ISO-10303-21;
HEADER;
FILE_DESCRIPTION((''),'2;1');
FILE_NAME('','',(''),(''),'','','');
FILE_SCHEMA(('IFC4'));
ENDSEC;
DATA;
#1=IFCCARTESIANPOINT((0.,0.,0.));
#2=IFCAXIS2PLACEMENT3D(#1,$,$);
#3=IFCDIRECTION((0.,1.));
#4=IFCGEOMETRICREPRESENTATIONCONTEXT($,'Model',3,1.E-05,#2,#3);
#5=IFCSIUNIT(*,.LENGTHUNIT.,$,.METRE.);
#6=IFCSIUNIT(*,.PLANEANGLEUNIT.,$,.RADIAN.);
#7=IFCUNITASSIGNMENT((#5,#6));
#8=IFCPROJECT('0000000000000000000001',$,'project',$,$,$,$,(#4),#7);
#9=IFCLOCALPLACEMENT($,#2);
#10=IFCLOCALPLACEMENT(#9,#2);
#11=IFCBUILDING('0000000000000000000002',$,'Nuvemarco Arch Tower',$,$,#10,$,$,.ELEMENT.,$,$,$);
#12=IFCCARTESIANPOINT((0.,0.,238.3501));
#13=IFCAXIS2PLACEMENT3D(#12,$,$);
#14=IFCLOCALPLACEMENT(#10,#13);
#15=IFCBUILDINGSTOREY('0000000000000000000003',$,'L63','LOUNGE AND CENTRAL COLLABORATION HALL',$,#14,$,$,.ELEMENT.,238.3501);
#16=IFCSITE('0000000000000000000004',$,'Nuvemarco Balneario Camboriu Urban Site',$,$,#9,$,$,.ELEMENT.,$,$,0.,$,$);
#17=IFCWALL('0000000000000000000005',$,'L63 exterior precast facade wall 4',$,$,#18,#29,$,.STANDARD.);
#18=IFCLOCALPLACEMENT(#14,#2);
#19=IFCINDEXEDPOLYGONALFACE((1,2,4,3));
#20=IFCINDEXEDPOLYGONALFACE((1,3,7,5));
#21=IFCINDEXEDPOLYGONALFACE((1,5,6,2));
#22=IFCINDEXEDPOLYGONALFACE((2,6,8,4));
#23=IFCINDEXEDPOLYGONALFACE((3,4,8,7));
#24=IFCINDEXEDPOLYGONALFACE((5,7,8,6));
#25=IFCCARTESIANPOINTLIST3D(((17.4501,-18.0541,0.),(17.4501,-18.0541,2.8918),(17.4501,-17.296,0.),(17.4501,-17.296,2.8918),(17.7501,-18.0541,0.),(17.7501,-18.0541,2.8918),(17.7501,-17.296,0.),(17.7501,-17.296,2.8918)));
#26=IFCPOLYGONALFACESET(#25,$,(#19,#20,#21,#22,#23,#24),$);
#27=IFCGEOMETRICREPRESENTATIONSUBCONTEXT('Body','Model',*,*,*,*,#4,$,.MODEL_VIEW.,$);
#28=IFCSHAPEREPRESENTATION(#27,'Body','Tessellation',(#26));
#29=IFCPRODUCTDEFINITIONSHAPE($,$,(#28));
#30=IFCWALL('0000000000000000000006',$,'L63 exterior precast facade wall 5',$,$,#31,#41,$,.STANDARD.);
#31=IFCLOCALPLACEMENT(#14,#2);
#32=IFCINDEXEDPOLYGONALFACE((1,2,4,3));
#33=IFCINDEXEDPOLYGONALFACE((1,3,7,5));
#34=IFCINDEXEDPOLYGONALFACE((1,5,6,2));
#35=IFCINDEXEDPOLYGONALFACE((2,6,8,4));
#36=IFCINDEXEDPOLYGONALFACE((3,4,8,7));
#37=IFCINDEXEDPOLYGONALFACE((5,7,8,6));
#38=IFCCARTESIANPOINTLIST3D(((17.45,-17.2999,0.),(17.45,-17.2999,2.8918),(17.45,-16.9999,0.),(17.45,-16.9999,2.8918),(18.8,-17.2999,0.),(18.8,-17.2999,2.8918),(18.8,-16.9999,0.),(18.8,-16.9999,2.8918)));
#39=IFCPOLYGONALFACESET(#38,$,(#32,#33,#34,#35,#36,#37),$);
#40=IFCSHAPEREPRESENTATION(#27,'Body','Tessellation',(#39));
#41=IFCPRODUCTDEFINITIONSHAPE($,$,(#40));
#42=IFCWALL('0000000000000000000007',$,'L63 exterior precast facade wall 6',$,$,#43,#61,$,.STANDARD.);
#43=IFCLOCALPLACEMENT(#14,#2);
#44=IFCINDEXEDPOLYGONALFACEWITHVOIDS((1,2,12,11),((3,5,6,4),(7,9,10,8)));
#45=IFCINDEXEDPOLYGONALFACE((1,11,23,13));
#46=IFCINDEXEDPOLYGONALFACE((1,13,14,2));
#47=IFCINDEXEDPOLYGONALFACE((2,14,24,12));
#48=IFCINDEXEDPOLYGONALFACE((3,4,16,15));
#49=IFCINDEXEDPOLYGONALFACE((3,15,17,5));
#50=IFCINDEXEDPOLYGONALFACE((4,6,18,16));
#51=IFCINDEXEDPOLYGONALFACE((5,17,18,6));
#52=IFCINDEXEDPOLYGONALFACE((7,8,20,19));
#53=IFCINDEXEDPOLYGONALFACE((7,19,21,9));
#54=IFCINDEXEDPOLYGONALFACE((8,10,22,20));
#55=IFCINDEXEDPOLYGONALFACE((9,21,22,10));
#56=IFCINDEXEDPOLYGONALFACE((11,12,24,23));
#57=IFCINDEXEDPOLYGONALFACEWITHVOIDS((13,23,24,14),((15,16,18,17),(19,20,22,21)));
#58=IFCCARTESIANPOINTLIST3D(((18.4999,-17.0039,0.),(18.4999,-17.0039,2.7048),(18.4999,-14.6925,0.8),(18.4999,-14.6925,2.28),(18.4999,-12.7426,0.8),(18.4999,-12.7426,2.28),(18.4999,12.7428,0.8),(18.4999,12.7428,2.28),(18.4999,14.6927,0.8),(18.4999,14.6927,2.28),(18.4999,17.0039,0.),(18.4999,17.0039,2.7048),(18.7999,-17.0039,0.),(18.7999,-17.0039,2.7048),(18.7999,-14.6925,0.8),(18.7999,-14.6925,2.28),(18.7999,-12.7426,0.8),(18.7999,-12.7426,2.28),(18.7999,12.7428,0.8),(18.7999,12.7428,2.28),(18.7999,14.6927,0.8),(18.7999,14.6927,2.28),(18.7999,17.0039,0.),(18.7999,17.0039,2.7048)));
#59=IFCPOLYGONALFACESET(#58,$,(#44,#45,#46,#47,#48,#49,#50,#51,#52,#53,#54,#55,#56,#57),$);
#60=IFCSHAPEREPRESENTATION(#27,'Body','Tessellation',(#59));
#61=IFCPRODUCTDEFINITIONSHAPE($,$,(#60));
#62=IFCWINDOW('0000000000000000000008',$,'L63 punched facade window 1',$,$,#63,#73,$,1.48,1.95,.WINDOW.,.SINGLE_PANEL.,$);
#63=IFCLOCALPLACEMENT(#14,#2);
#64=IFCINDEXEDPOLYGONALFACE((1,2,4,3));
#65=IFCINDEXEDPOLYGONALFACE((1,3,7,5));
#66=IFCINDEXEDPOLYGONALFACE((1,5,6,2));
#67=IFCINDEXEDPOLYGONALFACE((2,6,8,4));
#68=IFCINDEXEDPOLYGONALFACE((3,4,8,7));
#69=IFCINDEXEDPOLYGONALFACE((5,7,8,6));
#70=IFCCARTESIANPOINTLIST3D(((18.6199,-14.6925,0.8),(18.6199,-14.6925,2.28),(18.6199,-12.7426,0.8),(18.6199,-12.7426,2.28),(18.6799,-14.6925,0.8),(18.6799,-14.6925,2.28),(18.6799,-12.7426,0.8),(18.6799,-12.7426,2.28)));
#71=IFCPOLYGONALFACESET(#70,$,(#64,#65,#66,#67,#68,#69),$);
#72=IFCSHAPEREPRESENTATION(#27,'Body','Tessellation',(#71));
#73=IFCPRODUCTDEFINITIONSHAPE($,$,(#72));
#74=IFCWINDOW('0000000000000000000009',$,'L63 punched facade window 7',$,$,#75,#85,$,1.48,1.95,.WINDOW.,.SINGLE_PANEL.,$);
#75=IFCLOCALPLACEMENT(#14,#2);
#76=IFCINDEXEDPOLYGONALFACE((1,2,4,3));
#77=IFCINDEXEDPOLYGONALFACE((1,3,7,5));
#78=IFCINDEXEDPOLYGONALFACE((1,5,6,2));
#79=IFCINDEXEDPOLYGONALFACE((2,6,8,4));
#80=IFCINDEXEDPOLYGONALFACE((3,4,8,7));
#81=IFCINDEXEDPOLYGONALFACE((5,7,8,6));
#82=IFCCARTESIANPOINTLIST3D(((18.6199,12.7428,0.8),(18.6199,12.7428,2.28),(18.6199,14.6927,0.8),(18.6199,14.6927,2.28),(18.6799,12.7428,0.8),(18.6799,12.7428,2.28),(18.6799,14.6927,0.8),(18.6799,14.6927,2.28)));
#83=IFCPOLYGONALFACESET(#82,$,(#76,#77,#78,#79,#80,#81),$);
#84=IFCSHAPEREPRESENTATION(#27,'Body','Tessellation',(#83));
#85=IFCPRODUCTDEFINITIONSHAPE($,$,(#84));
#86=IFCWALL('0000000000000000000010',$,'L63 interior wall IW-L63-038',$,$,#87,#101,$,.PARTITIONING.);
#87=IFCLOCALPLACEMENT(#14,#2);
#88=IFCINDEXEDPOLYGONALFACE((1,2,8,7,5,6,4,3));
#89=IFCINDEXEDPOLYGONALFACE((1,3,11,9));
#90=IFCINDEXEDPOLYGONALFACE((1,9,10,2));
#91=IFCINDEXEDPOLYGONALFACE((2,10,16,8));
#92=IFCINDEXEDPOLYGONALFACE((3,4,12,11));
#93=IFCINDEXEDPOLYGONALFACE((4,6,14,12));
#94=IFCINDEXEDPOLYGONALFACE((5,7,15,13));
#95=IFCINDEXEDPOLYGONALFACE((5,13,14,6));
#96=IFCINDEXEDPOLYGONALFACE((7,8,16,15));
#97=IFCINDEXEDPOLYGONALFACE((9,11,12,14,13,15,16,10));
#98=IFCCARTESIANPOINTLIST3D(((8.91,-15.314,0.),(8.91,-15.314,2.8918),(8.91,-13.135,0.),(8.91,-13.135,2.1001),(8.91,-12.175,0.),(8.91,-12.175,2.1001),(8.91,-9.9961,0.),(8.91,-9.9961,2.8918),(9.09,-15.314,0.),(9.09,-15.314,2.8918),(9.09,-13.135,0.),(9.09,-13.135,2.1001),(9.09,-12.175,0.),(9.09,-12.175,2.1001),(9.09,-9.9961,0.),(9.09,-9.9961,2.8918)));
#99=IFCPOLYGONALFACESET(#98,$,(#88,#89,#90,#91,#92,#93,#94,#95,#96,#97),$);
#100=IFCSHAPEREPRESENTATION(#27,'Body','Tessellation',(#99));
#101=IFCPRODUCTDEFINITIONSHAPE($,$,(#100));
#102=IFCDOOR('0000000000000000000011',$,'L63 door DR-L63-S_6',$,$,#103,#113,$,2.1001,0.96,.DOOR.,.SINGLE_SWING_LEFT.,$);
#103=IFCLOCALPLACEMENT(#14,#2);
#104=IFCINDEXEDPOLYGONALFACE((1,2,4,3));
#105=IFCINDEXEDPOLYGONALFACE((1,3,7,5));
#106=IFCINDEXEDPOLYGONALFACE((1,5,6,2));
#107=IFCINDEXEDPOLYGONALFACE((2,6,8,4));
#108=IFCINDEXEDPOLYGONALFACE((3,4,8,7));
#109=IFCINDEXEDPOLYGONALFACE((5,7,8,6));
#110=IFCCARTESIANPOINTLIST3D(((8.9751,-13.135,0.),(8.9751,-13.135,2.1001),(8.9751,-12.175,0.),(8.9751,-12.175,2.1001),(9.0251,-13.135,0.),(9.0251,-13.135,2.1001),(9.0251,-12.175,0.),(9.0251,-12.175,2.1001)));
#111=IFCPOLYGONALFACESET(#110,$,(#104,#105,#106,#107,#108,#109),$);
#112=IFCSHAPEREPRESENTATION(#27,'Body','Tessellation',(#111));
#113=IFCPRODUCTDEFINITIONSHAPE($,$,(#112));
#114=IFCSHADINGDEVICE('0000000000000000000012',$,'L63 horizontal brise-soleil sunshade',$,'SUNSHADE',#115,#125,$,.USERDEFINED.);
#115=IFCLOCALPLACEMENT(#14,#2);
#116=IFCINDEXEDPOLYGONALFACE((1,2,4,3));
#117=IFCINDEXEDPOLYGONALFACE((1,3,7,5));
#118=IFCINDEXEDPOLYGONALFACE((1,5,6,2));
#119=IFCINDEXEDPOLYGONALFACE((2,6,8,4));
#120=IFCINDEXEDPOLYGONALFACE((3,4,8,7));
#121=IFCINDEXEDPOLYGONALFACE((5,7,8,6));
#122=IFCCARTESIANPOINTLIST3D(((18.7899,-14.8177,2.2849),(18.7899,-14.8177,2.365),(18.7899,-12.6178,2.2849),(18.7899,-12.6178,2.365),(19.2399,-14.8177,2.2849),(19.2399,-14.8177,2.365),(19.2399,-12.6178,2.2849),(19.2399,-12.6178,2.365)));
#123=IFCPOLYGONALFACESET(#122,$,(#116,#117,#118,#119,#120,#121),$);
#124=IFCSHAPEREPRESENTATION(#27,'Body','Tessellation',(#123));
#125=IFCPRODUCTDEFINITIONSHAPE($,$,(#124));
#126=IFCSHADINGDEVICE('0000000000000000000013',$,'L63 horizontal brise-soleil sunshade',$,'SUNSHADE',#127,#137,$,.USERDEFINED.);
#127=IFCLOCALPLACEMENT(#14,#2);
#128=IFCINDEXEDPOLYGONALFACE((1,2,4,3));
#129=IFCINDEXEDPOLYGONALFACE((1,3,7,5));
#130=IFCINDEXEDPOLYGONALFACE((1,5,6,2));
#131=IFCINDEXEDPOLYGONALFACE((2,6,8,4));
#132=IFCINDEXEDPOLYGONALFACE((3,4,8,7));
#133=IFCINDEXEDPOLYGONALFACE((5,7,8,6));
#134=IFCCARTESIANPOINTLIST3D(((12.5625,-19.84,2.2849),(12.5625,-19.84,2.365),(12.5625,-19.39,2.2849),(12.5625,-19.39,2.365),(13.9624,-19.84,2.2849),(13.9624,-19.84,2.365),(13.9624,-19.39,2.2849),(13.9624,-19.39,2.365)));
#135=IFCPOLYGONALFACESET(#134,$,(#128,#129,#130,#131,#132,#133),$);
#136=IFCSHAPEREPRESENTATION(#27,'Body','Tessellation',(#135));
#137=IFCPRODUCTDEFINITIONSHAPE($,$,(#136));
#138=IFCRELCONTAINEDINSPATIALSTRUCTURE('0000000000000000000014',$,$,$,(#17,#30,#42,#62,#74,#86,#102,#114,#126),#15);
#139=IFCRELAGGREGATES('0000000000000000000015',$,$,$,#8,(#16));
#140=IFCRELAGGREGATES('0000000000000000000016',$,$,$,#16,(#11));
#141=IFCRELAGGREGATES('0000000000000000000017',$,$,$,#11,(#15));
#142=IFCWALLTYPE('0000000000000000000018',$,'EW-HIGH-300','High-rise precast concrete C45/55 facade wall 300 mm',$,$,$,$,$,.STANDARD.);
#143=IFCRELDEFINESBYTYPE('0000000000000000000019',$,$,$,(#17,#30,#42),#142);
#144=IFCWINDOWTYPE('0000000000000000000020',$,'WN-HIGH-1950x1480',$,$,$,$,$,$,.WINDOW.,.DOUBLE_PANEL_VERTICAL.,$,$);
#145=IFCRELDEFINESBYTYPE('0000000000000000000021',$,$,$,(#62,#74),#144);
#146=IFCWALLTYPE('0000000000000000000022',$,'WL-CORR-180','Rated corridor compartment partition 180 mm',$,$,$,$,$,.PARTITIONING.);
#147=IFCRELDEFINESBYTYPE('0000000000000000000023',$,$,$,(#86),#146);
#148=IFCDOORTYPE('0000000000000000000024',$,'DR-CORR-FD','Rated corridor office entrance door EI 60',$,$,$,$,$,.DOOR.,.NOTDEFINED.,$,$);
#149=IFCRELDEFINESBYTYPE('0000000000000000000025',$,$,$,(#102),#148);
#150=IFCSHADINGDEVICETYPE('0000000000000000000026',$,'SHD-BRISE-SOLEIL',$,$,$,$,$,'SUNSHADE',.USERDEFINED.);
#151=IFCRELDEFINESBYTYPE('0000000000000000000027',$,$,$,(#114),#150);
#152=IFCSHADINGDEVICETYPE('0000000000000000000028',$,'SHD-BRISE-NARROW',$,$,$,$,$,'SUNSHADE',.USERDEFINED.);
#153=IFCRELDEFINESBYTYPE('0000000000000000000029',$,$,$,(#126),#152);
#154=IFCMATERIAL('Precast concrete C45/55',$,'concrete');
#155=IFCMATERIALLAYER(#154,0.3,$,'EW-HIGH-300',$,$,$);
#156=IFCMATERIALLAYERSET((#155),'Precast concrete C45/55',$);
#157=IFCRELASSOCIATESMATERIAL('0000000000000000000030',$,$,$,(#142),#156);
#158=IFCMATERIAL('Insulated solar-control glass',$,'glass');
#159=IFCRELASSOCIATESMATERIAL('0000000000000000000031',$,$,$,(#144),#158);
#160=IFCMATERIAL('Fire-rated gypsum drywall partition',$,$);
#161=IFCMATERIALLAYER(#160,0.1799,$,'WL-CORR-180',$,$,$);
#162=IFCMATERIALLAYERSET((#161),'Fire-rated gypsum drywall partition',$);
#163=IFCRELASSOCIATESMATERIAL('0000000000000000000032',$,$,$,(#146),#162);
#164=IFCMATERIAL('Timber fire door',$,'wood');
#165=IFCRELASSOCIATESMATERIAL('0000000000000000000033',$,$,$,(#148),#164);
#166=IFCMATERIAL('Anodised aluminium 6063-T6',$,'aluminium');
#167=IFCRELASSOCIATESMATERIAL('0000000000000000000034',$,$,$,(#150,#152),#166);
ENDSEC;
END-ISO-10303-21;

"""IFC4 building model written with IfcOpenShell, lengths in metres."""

from ifc_helpers import new_model, si_unit, direction, frame, frame_2d, origin, origin_2d, place, context, subcontext, project, spatial, rectangle, extrude, source, transform, mapped, material, layer, layer_set, type_object, type_shapes, element, fill, save


model = new_model("IFC4")

# Units and contexts
model_context = context("Model", 3, precision=1e-05, world=origin(), true_north=direction((0.0, 1.0)))
body_context = subcontext(model_context, "Body", "Model", "MODEL_VIEW")
ifc_project = project(units=[si_unit("LENGTHUNIT", "METRE"), si_unit("PLANEANGLEUNIT", "RADIAN")], contexts=[model_context])

# Site, building, storey
site_placement = place(None, origin())
site = spatial("IfcSite", under=ifc_project, at=site_placement, Name="Nuvemarco Balneario Camboriu Urban Site", CompositionType="ELEMENT", RefElevation=0.0)
building_placement = place(site_placement, origin())
building = spatial("IfcBuilding", under=site, at=building_placement, Name="Nuvemarco Arch Tower", CompositionType="ELEMENT")
storey_placement = place(building_placement, frame((0.0, 0.0, 238.3501)))
storey = spatial("IfcBuildingStorey", under=building, at=storey_placement, Name="L63", Description="LOUNGE AND CENTRAL COLLABORATION HALL", CompositionType="ELEMENT", Elevation=238.3501)

# Shared definitions
ifc_material_1 = material(Name="Precast concrete C45/55", Category="concrete")

# Walls
ifc_layer_1 = layer(ifc_material_1, 0.3, Name="EW-HIGH-300")
ifc_layer_set_1 = layer_set([ifc_layer_1], Name="Precast concrete C45/55")
wall_type_1 = type_object("IfcWallType", Name="EW-HIGH-300", Description="High-rise precast concrete C45/55 facade wall 300 mm", PredefinedType="STANDARD", material=ifc_layer_set_1)
wall_1_placement = place(storey_placement, frame((17.6001, -18.054, 0.0), z_axis=(0.0, 0.0, 1.0), x_axis=(0.0, 1.0, 0.0)))
element("IfcWall", 1, at=wall_1_placement, inside=storey, type_object=wall_type_1, Name="L63 exterior precast facade wall 4", PredefinedType="STANDARD", context=body_context, shape_type="SweptSolid", body=[
    extrude(rectangle(XDim=0.7581, YDim=0.3, at=frame_2d((0.3789, 0.0))), origin(), (0.0, 0.0, 1.0), 2.8918),
])
wall_2_placement = place(storey_placement, frame((17.45, -17.1499, 0.0), z_axis=(0.0, 0.0, 1.0), x_axis=(1.0, 0.0, 0.0)))
element("IfcWall", 2, at=wall_2_placement, inside=storey, type_object=wall_type_1, Name="L63 exterior precast facade wall 5", PredefinedType="STANDARD", context=body_context, shape_type="SweptSolid", body=[
    extrude(rectangle(XDim=1.3501, YDim=0.3, at=frame_2d((0.675, 0.0))), origin(), (0.0, 0.0, 1.0), 2.8918),
])

# Wall, openings, windows
wall_3_placement = place(storey_placement, frame((18.6499, -17.0039, 0.0), z_axis=(0.0, 0.0, 1.0), x_axis=(0.0, 1.0, 0.0)))
wall_3 = element("IfcWall", 3, at=wall_3_placement, inside=storey, type_object=wall_type_1, Name="L63 exterior precast facade wall 6", PredefinedType="STANDARD", context=body_context, shape_type="SweptSolid", body=[
    extrude(rectangle(XDim=34.0078, YDim=0.3, at=frame_2d((17.0039, 0.0))), origin(), (0.0, 0.0, 1.0), 2.7048),
])
opening_1_placement = place(wall_3_placement, frame((2.3113, 0.0, 0.8)))
opening_1 = element("IfcOpeningElement", 4, at=opening_1_placement, cuts=wall_3, PredefinedType="OPENING", context=body_context, shape_type="SweptSolid", body=[
    extrude(rectangle(XDim=1.95, YDim=1.48, at=frame_2d((0.9751, 0.74))), frame((0.0, 0.1599, 0.0), z_axis=(0.0, -1.0, 0.0), x_axis=(1.0, 0.0, 0.0)), (0.0, 0.0, 1.0), 0.3201),
])
opening_2_placement = place(wall_3_placement, frame((29.7466, 0.0, 0.8)))
opening_2 = element("IfcOpeningElement", 5, at=opening_2_placement, cuts=wall_3, PredefinedType="OPENING", context=body_context, shape_type="SweptSolid", body=[
    extrude(rectangle(XDim=1.95, YDim=1.48, at=frame_2d((0.9751, 0.74))), frame((0.0, 0.1599, 0.0), z_axis=(0.0, -1.0, 0.0), x_axis=(1.0, 0.0, 0.0)), (0.0, 0.0, 1.0), 0.3201),
])
ifc_material_2 = material(Name="Insulated solar-control glass", Category="glass")
window_type = type_object("IfcWindowType", Name="WN-HIGH-1950x1480", PartitioningType="DOUBLE_PANEL_VERTICAL", PredefinedType="WINDOW", material=ifc_material_2)
shared_shape_1 = source(origin(), body_context, "Body", "SweptSolid", [
    extrude(rectangle(XDim=1.95, YDim=1.48, at=frame_2d((0.9751, 0.74))), frame((0.0, 0.03, 0.0), z_axis=(0.0, -1.0, 0.0), x_axis=(1.0, 0.0, 0.0)), (0.0, 0.0, 1.0), 0.0601),
])
type_shapes(window_type, [shared_shape_1])
window_1_placement = place(opening_1_placement, origin())
window_1 = element("IfcWindow", 6, at=window_1_placement, inside=storey, type_object=window_type, Name="L63 punched facade window 1", OverallHeight=1.48, OverallWidth=1.95, PartitioningType="SINGLE_PANEL", PredefinedType="WINDOW", context=body_context, shape_type="MappedRepresentation", body=[
    mapped(shared_shape_1, transform((0.0, 0.0, 0.0), scale=1.0)),
])
fill(opening_1, window_1)
window_2_placement = place(opening_2_placement, origin())
window_2 = element("IfcWindow", 7, at=window_2_placement, inside=storey, type_object=window_type, Name="L63 punched facade window 7", OverallHeight=1.48, OverallWidth=1.95, PartitioningType="SINGLE_PANEL", PredefinedType="WINDOW", context=body_context, shape_type="MappedRepresentation", body=[
    mapped(shared_shape_1, transform((0.0, 0.0, 0.0), scale=1.0)),
])
fill(opening_2, window_2)

# Wall, opening, door
ifc_material_3 = material(Name="Fire-rated gypsum drywall partition")
ifc_layer_2 = layer(ifc_material_3, 0.1799, Name="WL-CORR-180")
ifc_layer_set_2 = layer_set([ifc_layer_2], Name="Fire-rated gypsum drywall partition")
wall_type_2 = type_object("IfcWallType", Name="WL-CORR-180", Description="Rated corridor compartment partition 180 mm", PredefinedType="PARTITIONING", material=ifc_layer_set_2)
wall_4_placement = place(storey_placement, frame((9.0, -15.314, 0.0), z_axis=(0.0, 0.0, 1.0), x_axis=(0.0, 1.0, 0.0)))
wall_4 = element("IfcWall", 8, at=wall_4_placement, inside=storey, type_object=wall_type_2, Name="L63 interior wall IW-L63-038", PredefinedType="PARTITIONING", context=body_context, shape_type="SweptSolid", body=[
    extrude(rectangle(XDim=5.3179, YDim=0.1799, at=frame_2d((2.6589, 0.0))), origin(), (0.0, 0.0, 1.0), 2.8918),
])
opening_3_placement = place(wall_4_placement, frame((2.179, 0.0, 0.0)))
opening_3 = element("IfcOpeningElement", 9, at=opening_3_placement, cuts=wall_4, PredefinedType="OPENING", context=body_context, shape_type="SweptSolid", body=[
    extrude(rectangle(XDim=0.96, YDim=2.1001, at=frame_2d((0.48, 1.05))), frame((0.0, 0.0999, 0.0), z_axis=(0.0, -1.0, 0.0), x_axis=(1.0, 0.0, 0.0)), (0.0, 0.0, 1.0), 0.2),
])
ifc_material_4 = material(Name="Timber fire door", Category="wood")
door_type = type_object("IfcDoorType", Name="DR-CORR-FD", Description="Rated corridor office entrance door EI 60", OperationType="NOTDEFINED", PredefinedType="DOOR", material=ifc_material_4)
shared_shape_2 = source(origin(), body_context, "Body", "SweptSolid", [
    extrude(rectangle(XDim=0.96, YDim=2.1001, at=frame_2d((0.48, 1.05))), frame((0.0, 0.0249, 0.0), z_axis=(0.0, -1.0, 0.0), x_axis=(1.0, 0.0, 0.0)), (0.0, 0.0, 1.0), 0.05),
])
type_shapes(door_type, [shared_shape_2])
door_placement = place(opening_3_placement, origin())
door = element("IfcDoor", 10, at=door_placement, inside=storey, type_object=door_type, Name="L63 door DR-L63-S_6", OperationType="SINGLE_SWING_LEFT", OverallHeight=2.1001, OverallWidth=0.96, PredefinedType="DOOR", context=body_context, shape_type="MappedRepresentation", body=[
    mapped(shared_shape_2, transform((0.0, 0.0, 0.0), scale=1.0)),
])
fill(opening_3, door)

# Shading devices
ifc_material_5 = material(Name="Anodised aluminium 6063-T6", Category="aluminium")
shading_device_type_1 = type_object("IfcShadingDeviceType", Name="SHD-BRISE-SOLEIL", ElementType="SUNSHADE", PredefinedType="USERDEFINED", material=ifc_material_5)
shared_shape_3 = source(origin(), body_context, "Body", "SweptSolid", [
    extrude(rectangle(XDim=2.2, YDim=0.45, at=origin_2d()), origin(), (0.0, 0.0, 1.0), 0.0801),
])
type_shapes(shading_device_type_1, [shared_shape_3])
shading_device_1_placement = place(storey_placement, frame((19.0149, -13.7178, 2.2849), z_axis=(0.0, 0.0, 1.0), x_axis=(0.0, 1.0, 0.0)))
element("IfcShadingDevice", 11, at=shading_device_1_placement, inside=storey, type_object=shading_device_type_1, Name="L63 horizontal brise-soleil sunshade", ObjectType="SUNSHADE", PredefinedType="USERDEFINED", context=body_context, shape_type="MappedRepresentation", body=[
    mapped(shared_shape_3, transform((0.0, 0.0, 0.0), scale=1.0)),
])
shading_device_type_2 = type_object("IfcShadingDeviceType", Name="SHD-BRISE-NARROW", ElementType="SUNSHADE", PredefinedType="USERDEFINED", material=ifc_material_5)
shared_shape_4 = source(origin(), body_context, "Body", "SweptSolid", [
    extrude(rectangle(XDim=1.3999, YDim=0.45, at=origin_2d()), origin(), (0.0, 0.0, 1.0), 0.0801),
])
type_shapes(shading_device_type_2, [shared_shape_4])
shading_device_2_placement = place(storey_placement, frame((13.2625, -19.615, 2.2849), z_axis=(0.0, 0.0, 1.0), x_axis=(1.0, 0.0, 0.0)))
element("IfcShadingDevice", 12, at=shading_device_2_placement, inside=storey, type_object=shading_device_type_2, Name="L63 horizontal brise-soleil sunshade", ObjectType="SUNSHADE", PredefinedType="USERDEFINED", context=body_context, shape_type="MappedRepresentation", body=[
    mapped(shared_shape_4, transform((0.0, 0.0, 0.0), scale=1.0)),
])

save(model, "model.ifc")
